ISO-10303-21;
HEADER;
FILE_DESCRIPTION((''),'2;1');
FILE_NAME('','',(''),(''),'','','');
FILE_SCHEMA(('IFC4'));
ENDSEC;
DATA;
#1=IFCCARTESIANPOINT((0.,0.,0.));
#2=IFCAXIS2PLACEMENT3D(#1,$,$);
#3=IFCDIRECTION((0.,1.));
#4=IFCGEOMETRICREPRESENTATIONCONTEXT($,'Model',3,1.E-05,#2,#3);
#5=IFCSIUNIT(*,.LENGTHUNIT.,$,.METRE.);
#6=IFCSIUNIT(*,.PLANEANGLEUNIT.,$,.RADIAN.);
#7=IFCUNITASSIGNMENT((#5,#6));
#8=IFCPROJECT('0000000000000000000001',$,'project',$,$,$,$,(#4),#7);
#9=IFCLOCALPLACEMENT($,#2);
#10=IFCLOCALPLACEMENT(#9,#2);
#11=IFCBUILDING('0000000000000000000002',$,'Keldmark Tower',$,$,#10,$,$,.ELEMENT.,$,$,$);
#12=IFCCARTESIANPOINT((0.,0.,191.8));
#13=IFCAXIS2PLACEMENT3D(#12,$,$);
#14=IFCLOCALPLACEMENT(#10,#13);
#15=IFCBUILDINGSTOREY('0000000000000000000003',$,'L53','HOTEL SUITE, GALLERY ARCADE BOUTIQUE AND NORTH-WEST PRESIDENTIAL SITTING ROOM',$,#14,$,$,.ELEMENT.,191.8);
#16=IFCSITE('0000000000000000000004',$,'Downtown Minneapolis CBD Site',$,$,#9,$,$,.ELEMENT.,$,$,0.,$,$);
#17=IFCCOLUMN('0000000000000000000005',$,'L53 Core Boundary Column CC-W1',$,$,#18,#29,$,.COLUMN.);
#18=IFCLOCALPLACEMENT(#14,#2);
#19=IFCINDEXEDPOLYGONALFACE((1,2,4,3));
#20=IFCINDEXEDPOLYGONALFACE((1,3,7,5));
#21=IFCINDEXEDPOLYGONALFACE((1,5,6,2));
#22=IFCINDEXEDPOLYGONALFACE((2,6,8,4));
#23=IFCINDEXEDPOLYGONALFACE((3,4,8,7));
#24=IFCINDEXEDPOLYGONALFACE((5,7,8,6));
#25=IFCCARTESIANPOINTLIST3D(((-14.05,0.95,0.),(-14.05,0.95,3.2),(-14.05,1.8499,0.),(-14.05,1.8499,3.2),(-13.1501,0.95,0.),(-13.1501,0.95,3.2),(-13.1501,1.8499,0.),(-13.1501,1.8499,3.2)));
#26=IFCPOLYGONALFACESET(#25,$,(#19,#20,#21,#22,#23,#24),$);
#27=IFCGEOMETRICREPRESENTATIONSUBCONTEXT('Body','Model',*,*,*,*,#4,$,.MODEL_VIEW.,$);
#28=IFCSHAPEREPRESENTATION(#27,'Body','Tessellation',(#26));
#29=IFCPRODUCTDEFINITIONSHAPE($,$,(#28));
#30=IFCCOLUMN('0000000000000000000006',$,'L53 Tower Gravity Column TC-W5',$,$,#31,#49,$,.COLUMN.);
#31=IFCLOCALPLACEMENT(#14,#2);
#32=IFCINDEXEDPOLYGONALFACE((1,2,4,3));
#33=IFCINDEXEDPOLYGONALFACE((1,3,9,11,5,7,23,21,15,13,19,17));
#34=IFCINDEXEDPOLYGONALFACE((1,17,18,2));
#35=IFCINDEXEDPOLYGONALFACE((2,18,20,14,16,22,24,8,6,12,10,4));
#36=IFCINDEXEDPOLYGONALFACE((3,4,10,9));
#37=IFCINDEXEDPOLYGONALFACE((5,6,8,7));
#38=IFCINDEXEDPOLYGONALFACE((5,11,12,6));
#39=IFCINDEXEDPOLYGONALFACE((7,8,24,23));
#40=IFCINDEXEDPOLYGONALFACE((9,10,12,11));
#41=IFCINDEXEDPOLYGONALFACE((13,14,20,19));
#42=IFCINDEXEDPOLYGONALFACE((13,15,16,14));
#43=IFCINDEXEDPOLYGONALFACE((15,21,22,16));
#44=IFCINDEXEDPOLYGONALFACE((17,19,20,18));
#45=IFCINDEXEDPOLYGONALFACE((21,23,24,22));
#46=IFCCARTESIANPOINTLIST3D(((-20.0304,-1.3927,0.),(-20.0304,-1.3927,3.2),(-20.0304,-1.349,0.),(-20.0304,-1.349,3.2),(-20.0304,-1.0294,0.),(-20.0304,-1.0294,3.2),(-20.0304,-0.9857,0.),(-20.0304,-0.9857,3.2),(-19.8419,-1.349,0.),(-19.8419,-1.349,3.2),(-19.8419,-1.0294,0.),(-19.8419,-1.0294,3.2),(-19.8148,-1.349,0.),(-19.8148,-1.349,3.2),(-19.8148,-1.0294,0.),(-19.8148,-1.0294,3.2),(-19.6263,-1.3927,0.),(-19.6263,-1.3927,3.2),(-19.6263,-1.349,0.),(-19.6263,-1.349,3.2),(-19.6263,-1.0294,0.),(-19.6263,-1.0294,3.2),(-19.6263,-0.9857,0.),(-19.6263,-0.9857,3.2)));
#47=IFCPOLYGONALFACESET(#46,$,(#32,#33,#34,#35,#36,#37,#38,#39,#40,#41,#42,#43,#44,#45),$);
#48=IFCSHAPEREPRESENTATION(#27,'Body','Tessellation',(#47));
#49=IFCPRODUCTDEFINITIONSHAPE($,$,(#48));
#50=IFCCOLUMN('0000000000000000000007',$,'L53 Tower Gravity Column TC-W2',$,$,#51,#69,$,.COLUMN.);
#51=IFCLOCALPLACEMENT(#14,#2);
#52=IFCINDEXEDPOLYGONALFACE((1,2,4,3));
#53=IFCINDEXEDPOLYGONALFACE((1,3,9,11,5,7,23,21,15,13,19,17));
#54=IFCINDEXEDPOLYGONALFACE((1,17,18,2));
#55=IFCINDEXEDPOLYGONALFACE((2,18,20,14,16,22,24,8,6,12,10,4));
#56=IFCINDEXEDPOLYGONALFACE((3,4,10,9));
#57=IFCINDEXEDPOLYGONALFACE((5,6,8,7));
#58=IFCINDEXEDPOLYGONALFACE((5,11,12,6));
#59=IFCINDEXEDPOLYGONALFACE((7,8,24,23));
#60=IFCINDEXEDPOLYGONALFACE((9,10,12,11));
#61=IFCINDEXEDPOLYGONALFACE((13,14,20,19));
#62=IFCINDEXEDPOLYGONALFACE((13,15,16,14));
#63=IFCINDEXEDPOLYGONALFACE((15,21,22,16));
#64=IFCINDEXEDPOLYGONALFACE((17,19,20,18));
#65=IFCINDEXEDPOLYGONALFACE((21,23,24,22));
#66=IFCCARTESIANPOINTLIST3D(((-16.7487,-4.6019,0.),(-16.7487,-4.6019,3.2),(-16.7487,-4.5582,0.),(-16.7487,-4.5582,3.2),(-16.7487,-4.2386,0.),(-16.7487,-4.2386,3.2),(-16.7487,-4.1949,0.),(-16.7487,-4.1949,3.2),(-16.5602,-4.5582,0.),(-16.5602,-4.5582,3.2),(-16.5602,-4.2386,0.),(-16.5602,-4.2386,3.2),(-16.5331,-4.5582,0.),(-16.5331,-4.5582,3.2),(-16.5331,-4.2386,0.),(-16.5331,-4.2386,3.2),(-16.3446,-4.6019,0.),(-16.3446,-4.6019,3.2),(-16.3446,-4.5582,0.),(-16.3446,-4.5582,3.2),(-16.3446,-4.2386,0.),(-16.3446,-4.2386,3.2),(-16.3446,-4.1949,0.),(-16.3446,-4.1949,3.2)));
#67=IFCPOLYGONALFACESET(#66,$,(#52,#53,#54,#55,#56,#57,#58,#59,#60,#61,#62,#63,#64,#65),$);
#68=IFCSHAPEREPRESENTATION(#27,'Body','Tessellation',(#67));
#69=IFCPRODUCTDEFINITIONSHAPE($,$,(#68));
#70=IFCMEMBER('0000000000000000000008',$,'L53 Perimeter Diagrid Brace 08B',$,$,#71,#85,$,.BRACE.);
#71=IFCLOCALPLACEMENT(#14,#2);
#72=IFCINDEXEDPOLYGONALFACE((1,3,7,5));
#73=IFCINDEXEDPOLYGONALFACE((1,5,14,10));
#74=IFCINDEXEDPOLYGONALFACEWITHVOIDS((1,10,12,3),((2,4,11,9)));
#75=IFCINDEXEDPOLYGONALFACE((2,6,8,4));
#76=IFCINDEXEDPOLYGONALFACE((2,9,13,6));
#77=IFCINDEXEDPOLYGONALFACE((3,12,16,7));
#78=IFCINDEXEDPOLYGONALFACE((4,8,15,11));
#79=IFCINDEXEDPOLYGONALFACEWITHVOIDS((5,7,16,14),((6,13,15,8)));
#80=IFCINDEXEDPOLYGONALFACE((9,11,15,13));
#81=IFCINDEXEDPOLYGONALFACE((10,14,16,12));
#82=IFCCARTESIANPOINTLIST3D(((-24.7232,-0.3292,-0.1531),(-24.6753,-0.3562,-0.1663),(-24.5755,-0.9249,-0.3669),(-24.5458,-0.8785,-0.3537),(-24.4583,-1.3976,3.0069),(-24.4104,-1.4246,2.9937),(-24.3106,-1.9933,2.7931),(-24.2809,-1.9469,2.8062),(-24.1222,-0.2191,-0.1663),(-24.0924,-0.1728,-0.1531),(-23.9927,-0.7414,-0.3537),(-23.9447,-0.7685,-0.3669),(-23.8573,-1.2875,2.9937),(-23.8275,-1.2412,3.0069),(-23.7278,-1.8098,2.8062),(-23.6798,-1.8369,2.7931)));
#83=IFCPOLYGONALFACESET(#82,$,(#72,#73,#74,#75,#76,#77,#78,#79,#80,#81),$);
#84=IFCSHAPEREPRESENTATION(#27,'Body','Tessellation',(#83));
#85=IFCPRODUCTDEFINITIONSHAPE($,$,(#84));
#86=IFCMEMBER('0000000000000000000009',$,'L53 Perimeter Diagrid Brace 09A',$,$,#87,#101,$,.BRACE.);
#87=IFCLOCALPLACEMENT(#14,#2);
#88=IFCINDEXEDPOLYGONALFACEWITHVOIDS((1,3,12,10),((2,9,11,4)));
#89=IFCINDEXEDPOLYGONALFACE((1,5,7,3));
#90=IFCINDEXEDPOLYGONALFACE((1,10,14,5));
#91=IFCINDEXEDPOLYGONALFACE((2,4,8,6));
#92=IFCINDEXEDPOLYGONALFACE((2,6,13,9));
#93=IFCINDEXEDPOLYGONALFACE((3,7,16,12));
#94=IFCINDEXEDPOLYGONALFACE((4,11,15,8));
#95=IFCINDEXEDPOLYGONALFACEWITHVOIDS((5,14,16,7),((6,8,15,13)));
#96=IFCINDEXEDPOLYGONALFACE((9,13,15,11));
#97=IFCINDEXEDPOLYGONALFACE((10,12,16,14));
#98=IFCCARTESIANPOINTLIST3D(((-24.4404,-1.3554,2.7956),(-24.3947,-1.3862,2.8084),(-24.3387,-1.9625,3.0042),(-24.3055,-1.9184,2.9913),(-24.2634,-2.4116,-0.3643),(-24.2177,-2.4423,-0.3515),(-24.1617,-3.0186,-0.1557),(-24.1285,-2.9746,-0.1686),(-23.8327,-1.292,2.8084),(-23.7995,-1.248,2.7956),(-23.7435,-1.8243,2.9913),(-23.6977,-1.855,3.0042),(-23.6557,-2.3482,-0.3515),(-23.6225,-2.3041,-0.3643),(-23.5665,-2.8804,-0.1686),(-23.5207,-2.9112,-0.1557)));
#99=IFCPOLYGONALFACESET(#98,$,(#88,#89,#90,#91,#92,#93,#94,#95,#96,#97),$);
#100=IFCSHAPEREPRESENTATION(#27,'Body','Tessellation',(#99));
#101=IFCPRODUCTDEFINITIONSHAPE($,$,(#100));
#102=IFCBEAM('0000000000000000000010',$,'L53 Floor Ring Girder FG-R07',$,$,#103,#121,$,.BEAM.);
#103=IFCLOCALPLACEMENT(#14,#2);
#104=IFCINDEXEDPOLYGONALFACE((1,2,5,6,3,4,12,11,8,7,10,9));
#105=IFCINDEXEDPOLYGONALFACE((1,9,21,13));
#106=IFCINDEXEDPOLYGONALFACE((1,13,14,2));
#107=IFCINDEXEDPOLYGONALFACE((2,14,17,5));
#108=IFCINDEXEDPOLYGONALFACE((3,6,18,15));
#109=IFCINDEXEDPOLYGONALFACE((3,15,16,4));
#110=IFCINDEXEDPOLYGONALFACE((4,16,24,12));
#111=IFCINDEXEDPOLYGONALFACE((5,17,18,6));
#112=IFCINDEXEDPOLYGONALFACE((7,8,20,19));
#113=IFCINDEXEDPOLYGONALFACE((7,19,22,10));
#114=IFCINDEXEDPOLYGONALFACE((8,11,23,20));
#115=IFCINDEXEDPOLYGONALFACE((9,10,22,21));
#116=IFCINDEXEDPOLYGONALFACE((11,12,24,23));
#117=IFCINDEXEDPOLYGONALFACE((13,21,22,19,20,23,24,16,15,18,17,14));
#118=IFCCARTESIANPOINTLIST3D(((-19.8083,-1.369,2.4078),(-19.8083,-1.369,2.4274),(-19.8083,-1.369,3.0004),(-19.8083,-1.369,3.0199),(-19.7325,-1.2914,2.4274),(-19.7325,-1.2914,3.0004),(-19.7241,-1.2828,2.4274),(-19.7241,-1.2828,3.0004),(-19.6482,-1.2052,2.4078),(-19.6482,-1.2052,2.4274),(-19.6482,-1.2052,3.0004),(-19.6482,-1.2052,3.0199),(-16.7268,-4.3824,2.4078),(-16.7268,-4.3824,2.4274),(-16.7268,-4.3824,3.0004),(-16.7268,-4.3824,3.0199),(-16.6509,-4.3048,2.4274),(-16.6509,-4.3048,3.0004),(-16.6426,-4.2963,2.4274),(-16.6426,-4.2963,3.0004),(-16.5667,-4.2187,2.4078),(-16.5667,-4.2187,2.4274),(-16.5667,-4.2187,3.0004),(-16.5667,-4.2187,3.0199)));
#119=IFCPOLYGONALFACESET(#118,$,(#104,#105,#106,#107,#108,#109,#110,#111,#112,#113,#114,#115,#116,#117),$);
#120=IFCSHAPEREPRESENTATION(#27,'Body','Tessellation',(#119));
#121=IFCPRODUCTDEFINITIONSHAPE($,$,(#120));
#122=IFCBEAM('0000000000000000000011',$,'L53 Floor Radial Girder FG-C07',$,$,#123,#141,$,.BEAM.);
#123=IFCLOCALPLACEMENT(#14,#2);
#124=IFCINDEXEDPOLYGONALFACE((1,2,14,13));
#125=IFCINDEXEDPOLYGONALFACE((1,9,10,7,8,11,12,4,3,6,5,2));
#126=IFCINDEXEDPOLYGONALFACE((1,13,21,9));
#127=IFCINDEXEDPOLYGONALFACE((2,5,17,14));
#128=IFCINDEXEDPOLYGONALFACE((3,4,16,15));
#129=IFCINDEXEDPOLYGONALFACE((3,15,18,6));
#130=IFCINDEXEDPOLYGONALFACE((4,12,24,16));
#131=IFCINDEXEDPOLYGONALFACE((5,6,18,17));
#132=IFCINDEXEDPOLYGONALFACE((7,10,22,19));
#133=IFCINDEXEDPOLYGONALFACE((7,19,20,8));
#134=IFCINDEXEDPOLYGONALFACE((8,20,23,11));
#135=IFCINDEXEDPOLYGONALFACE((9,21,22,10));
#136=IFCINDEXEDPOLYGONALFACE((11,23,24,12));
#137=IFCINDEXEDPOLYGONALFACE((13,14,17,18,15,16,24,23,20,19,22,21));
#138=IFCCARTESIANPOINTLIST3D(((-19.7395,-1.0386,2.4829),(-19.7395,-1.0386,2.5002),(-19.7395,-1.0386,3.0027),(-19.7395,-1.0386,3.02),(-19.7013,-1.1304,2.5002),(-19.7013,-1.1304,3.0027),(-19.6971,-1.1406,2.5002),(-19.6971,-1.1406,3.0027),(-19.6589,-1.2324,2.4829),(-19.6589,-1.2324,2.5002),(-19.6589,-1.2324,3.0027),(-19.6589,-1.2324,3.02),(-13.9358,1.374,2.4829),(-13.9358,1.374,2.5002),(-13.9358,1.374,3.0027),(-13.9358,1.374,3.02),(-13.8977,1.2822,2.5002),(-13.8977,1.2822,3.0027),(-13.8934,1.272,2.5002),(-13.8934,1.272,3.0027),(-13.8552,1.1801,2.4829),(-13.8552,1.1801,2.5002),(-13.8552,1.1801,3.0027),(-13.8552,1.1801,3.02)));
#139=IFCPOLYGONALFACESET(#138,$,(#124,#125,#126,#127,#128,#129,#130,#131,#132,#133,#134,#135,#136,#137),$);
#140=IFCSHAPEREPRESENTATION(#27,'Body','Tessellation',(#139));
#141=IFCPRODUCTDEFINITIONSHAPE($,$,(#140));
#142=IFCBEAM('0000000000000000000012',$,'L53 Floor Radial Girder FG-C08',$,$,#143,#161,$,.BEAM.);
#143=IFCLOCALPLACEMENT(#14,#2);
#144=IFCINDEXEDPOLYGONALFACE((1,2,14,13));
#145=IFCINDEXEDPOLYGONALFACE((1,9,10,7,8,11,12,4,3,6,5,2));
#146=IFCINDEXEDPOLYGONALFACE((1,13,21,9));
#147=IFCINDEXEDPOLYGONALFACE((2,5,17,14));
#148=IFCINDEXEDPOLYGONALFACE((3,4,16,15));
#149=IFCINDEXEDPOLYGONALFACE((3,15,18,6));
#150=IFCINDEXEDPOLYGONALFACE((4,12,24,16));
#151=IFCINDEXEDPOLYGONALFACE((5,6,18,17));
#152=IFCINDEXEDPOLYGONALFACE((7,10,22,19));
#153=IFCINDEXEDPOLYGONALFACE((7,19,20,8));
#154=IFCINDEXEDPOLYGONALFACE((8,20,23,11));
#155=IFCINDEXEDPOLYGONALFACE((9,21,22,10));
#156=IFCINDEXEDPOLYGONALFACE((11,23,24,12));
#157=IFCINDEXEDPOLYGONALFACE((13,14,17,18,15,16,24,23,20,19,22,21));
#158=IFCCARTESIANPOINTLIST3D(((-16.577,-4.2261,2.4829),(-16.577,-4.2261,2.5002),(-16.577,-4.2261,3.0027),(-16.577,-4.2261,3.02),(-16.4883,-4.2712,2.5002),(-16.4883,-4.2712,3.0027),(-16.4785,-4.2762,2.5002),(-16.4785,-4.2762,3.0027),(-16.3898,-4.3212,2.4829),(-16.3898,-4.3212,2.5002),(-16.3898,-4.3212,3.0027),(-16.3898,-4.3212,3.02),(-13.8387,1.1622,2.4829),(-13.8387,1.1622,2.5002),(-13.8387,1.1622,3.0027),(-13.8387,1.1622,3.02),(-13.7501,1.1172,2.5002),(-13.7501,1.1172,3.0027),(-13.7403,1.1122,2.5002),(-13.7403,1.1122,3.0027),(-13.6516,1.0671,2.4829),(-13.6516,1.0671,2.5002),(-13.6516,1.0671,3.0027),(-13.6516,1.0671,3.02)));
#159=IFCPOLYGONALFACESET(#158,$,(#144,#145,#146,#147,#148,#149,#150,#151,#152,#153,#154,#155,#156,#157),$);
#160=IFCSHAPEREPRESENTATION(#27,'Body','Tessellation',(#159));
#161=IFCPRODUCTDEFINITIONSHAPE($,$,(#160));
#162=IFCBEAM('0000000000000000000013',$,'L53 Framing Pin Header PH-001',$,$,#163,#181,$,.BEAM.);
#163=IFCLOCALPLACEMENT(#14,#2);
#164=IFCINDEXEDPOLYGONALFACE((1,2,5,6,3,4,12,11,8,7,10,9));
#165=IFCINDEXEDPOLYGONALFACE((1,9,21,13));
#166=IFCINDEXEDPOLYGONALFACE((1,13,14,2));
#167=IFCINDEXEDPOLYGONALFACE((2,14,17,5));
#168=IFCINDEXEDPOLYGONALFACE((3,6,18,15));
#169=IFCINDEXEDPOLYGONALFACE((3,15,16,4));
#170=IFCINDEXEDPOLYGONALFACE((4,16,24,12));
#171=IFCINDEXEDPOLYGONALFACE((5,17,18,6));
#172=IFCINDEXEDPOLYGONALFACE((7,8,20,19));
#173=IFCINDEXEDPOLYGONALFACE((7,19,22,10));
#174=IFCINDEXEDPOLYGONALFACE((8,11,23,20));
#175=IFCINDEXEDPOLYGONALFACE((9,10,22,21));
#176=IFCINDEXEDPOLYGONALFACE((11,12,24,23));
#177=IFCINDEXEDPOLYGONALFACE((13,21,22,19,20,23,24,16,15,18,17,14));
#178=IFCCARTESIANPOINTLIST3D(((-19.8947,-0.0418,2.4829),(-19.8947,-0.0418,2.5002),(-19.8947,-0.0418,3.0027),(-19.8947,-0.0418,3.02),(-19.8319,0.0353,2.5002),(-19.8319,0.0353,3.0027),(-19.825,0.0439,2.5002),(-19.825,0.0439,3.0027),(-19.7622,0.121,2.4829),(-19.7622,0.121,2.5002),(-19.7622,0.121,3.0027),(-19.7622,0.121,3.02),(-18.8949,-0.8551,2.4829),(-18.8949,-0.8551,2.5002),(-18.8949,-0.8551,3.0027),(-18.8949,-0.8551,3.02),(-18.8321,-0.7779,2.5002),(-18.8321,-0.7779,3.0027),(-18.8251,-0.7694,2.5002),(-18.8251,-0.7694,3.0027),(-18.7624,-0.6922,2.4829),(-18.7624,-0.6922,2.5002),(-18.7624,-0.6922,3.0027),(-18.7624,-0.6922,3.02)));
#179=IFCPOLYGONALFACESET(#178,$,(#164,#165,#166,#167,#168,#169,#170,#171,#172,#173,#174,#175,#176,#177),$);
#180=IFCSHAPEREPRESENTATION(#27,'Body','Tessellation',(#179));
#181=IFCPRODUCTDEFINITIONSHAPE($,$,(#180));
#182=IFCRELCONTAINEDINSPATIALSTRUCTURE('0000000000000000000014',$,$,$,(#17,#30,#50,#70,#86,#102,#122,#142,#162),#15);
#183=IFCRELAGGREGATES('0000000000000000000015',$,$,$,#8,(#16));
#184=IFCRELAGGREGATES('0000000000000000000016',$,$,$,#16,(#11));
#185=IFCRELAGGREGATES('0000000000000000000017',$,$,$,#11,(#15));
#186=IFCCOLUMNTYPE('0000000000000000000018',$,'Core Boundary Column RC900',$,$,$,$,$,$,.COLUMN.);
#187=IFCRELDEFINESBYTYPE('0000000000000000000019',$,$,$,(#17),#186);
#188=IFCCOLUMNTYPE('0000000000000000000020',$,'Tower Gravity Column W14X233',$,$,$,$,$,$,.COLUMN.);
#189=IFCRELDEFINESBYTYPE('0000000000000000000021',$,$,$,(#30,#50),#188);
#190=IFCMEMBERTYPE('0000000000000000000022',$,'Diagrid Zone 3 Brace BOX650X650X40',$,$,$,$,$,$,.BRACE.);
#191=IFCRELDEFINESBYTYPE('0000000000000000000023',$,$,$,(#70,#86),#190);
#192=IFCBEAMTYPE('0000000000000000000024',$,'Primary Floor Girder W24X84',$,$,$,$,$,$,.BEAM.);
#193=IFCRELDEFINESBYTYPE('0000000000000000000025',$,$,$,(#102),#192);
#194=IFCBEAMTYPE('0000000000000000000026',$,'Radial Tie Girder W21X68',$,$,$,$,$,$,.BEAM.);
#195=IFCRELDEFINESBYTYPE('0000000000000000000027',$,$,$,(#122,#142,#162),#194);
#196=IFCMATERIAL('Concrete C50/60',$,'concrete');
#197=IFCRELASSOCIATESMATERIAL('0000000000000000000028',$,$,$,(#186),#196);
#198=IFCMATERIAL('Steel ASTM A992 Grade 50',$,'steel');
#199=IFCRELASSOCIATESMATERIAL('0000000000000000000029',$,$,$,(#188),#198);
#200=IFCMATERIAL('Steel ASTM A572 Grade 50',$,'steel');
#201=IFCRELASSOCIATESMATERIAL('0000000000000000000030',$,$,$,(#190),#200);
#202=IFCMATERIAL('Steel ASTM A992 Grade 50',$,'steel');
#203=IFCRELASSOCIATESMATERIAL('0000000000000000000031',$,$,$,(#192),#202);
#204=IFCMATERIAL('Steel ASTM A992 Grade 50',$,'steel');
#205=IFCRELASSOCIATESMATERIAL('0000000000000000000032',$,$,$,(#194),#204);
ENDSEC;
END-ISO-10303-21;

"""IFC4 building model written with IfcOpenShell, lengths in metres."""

from ifc_helpers import new_model, si_unit, direction, frame, origin, origin_2d, place, context, subcontext, project, spatial, rectangle, hollow_rectangle, i_section, extrude, material, material_profile, profile_set, type_object, element, save


model = new_model("IFC4")

# Units and contexts
model_context = context("Model", 3, precision=1e-05, world=origin(), true_north=direction((0.0, 1.0)))
body_context = subcontext(model_context, "Body", "Model", "MODEL_VIEW")
ifc_project = project(units=[si_unit("LENGTHUNIT", "METRE"), si_unit("PLANEANGLEUNIT", "RADIAN")], contexts=[model_context])

# Site, building, storey
site_placement = place(None, origin())
site = spatial("IfcSite", under=ifc_project, at=site_placement, Name="Downtown Minneapolis CBD Site", CompositionType="ELEMENT", RefElevation=0.0)
building_placement = place(site_placement, origin())
building = spatial("IfcBuilding", under=site, at=building_placement, Name="Keldmark Tower", CompositionType="ELEMENT")
storey_placement = place(building_placement, frame((0.0, 0.0, 191.8)))
storey = spatial("IfcBuildingStorey", under=building, at=storey_placement, Name="L53", Description="HOTEL SUITE, GALLERY ARCADE BOUTIQUE AND NORTH-WEST PRESIDENTIAL SITTING ROOM", CompositionType="ELEMENT", Elevation=191.8)

# Columns
ifc_material_1 = material(Name="Concrete C50/60", Category="concrete")
ifc_material_profile_1 = material_profile(ifc_material_1, rectangle(XDim=0.8999, YDim=0.8999, at=origin_2d()), Name="RC900X900")
ifc_profile_set_1 = profile_set([ifc_material_profile_1], Name="Concrete C50/60")
column_type_1 = type_object("IfcColumnType", Name="Core Boundary Column RC900", PredefinedType="COLUMN", material=ifc_profile_set_1)
column_placement = place(storey_placement, frame((-13.6001, 1.3999, 0.0), z_axis=(0.0, 0.0, 1.0), x_axis=(1.0, 0.0, 0.0)))
element("IfcColumn", 1, at=column_placement, inside=storey, type_object=column_type_1, Name="L53 Core Boundary Column CC-W1", PredefinedType="COLUMN", context=body_context, shape_type="SweptSolid", body=[
    extrude(rectangle(XDim=0.8999, YDim=0.8999, at=origin_2d()), origin(), (0.0, 0.0, 1.0), 3.2),
])
ifc_material_2 = material(Name="Steel ASTM A992 Grade 50", Category="steel")
ifc_material_profile_2 = material_profile(ifc_material_2, i_section(OverallWidth=0.4041, OverallDepth=0.407, WebThickness=0.0271, FlangeThickness=0.0437, at=origin_2d()), Name="W14X233")
ifc_profile_set_2 = profile_set([ifc_material_profile_2], Name="Steel ASTM A992 Grade 50")
column_type_2 = type_object("IfcColumnType", Name="Tower Gravity Column W14X233", PredefinedType="COLUMN", material=ifc_profile_set_2)
for number, where, z_axis, x_axis, name in (
    (2, (-19.8284, -1.1892, 0.0), (0.0, 0.0, 1.0), (1.0, 0.0, 0.0), "L53 Tower Gravity Column TC-W5"),
    (3, (-16.5466, -4.3984, 0.0), (0.0, 0.0, 1.0), (1.0, 0.0, 0.0), "L53 Tower Gravity Column TC-W2"),
):
    element("IfcColumn", number, at=place(storey_placement, frame(where, z_axis=z_axis, x_axis=x_axis)), inside=storey, type_object=column_type_2, Name=name, PredefinedType="COLUMN", context=body_context, shape_type="SweptSolid", body=[
        extrude(i_section(OverallWidth=0.4041, OverallDepth=0.407, WebThickness=0.0271, FlangeThickness=0.0437, at=origin_2d()), origin(), (0.0, 0.0, 1.0), 3.2),
    ])

# Members
ifc_material_3 = material(Name="Steel ASTM A572 Grade 50", Category="steel")
ifc_material_profile_3 = material_profile(ifc_material_3, hollow_rectangle(XDim=0.6499, YDim=0.6499, WallThickness=0.04, at=origin_2d()), Name="BOX650X650X40")
ifc_profile_set_3 = profile_set([ifc_material_profile_3], Name="Steel ASTM A572 Grade 50")
member_type = type_object("IfcMemberType", Name="Diagrid Zone 3 Brace BOX650X650X40", PredefinedType="BRACE", material=ifc_profile_set_3)
member_1_placement = place(storey_placement, frame((-24.334, -0.5488, -0.26), z_axis=(0.079164, -0.319282, 0.944348), x_axis=(0.97061, 0.240656, 0.0)))
element("IfcMember", 4, at=member_1_placement, inside=storey, type_object=member_type, Name="L53 Perimeter Diagrid Brace 08B", PredefinedType="BRACE", context=body_context, shape_type="SweptSolid", body=[
    extrude(hollow_rectangle(XDim=0.6499, YDim=0.6499, WallThickness=0.04, at=origin_2d()), origin(), (0.0, 0.0, 1.0), 3.3462),
])
member_2_placement = place(storey_placement, frame((-23.8921, -2.6614, -0.26), z_axis=(-0.053051, 0.316551, 0.947091), x_axis=(-0.986246, -0.165286, 0.0)))
element("IfcMember", 5, at=member_2_placement, inside=storey, type_object=member_type, Name="L53 Perimeter Diagrid Brace 09A", PredefinedType="BRACE", context=body_context, shape_type="SweptSolid", body=[
    extrude(hollow_rectangle(XDim=0.6499, YDim=0.6499, WallThickness=0.04, at=origin_2d()), origin(), (0.0, 0.0, 1.0), 3.3364),
])

# Beams
ifc_material_4 = material(Name="Steel ASTM A992 Grade 50", Category="steel")
ifc_material_profile_4 = material_profile(ifc_material_4, i_section(OverallWidth=0.229, OverallDepth=0.6121, WebThickness=0.012, FlangeThickness=0.0195, at=origin_2d()), Name="W24X84")
ifc_profile_set_4 = profile_set([ifc_material_profile_4], Name="Steel ASTM A992 Grade 50")
beam_type_1 = type_object("IfcBeamType", Name="Primary Floor Girder W24X84", PredefinedType="BEAM", material=ifc_profile_set_4)
beam_1_placement = place(storey_placement, frame((-19.7283, -1.2871, 2.7139), z_axis=(0.714965, -0.699161, 0.0), x_axis=(0.699161, 0.714965, 0.0)))
element("IfcBeam", 6, at=beam_1_placement, inside=storey, type_object=beam_type_1, Name="L53 Floor Ring Girder FG-R07", PredefinedType="BEAM", context=body_context, shape_type="SweptSolid", body=[
    extrude(i_section(OverallWidth=0.229, OverallDepth=0.6121, WebThickness=0.012, FlangeThickness=0.0195, at=origin_2d()), origin(), (0.0, 0.0, 1.0), 4.3101),
])
ifc_material_5 = material(Name="Steel ASTM A992 Grade 50", Category="steel")
ifc_material_profile_5 = material_profile(ifc_material_5, i_section(OverallWidth=0.21, OverallDepth=0.5371, WebThickness=0.011, FlangeThickness=0.0173, at=origin_2d()), Name="W21X68")
ifc_profile_set_5 = profile_set([ifc_material_profile_5], Name="Steel ASTM A992 Grade 50")
beam_type_2 = type_object("IfcBeamType", Name="Radial Tie Girder W21X68", PredefinedType="BEAM", material=ifc_profile_set_5)
beam_2_placement = place(storey_placement, frame((-19.6992, -1.1355, 2.7515), z_axis=(0.923394, 0.383854, 0.0), x_axis=(-0.383854, 0.923394, 0.0)))
element("IfcBeam", 7, at=beam_2_placement, inside=storey, type_object=beam_type_2, Name="L53 Floor Radial Girder FG-C07", PredefinedType="BEAM", context=body_context, shape_type="SweptSolid", body=[
    extrude(i_section(OverallWidth=0.21, OverallDepth=0.5371, WebThickness=0.011, FlangeThickness=0.0173, at=origin_2d()), origin(), (0.0, 0.0, 1.0), 6.2852),
])
beam_3_placement = place(storey_placement, frame((-16.4834, -4.2737, 2.7515), z_axis=(0.453037, 0.891492, 0.0), x_axis=(-0.891492, 0.453037, 0.0)))
element("IfcBeam", 8, at=beam_3_placement, inside=storey, type_object=beam_type_2, Name="L53 Floor Radial Girder FG-C08", PredefinedType="BEAM", context=body_context, shape_type="SweptSolid", body=[
    extrude(i_section(OverallWidth=0.21, OverallDepth=0.5371, WebThickness=0.011, FlangeThickness=0.0173, at=origin_2d()), origin(), (0.0, 0.0, 1.0), 6.0442),
])
beam_4_placement = place(storey_placement, frame((-18.8286, -0.7737, 2.7515), z_axis=(-0.77576, 0.631028, 0.0), x_axis=(-0.631028, -0.77576, 0.0)))
element("IfcBeam", 9, at=beam_4_placement, inside=storey, type_object=beam_type_2, Name="L53 Framing Pin Header PH-001", PredefinedType="BEAM", context=body_context, shape_type="SweptSolid", body=[
    extrude(i_section(OverallWidth=0.21, OverallDepth=0.5371, WebThickness=0.011, FlangeThickness=0.0173, at=origin_2d()), origin(), (0.0, 0.0, 1.0), 1.2888),
])

save(model, "model.ifc")
